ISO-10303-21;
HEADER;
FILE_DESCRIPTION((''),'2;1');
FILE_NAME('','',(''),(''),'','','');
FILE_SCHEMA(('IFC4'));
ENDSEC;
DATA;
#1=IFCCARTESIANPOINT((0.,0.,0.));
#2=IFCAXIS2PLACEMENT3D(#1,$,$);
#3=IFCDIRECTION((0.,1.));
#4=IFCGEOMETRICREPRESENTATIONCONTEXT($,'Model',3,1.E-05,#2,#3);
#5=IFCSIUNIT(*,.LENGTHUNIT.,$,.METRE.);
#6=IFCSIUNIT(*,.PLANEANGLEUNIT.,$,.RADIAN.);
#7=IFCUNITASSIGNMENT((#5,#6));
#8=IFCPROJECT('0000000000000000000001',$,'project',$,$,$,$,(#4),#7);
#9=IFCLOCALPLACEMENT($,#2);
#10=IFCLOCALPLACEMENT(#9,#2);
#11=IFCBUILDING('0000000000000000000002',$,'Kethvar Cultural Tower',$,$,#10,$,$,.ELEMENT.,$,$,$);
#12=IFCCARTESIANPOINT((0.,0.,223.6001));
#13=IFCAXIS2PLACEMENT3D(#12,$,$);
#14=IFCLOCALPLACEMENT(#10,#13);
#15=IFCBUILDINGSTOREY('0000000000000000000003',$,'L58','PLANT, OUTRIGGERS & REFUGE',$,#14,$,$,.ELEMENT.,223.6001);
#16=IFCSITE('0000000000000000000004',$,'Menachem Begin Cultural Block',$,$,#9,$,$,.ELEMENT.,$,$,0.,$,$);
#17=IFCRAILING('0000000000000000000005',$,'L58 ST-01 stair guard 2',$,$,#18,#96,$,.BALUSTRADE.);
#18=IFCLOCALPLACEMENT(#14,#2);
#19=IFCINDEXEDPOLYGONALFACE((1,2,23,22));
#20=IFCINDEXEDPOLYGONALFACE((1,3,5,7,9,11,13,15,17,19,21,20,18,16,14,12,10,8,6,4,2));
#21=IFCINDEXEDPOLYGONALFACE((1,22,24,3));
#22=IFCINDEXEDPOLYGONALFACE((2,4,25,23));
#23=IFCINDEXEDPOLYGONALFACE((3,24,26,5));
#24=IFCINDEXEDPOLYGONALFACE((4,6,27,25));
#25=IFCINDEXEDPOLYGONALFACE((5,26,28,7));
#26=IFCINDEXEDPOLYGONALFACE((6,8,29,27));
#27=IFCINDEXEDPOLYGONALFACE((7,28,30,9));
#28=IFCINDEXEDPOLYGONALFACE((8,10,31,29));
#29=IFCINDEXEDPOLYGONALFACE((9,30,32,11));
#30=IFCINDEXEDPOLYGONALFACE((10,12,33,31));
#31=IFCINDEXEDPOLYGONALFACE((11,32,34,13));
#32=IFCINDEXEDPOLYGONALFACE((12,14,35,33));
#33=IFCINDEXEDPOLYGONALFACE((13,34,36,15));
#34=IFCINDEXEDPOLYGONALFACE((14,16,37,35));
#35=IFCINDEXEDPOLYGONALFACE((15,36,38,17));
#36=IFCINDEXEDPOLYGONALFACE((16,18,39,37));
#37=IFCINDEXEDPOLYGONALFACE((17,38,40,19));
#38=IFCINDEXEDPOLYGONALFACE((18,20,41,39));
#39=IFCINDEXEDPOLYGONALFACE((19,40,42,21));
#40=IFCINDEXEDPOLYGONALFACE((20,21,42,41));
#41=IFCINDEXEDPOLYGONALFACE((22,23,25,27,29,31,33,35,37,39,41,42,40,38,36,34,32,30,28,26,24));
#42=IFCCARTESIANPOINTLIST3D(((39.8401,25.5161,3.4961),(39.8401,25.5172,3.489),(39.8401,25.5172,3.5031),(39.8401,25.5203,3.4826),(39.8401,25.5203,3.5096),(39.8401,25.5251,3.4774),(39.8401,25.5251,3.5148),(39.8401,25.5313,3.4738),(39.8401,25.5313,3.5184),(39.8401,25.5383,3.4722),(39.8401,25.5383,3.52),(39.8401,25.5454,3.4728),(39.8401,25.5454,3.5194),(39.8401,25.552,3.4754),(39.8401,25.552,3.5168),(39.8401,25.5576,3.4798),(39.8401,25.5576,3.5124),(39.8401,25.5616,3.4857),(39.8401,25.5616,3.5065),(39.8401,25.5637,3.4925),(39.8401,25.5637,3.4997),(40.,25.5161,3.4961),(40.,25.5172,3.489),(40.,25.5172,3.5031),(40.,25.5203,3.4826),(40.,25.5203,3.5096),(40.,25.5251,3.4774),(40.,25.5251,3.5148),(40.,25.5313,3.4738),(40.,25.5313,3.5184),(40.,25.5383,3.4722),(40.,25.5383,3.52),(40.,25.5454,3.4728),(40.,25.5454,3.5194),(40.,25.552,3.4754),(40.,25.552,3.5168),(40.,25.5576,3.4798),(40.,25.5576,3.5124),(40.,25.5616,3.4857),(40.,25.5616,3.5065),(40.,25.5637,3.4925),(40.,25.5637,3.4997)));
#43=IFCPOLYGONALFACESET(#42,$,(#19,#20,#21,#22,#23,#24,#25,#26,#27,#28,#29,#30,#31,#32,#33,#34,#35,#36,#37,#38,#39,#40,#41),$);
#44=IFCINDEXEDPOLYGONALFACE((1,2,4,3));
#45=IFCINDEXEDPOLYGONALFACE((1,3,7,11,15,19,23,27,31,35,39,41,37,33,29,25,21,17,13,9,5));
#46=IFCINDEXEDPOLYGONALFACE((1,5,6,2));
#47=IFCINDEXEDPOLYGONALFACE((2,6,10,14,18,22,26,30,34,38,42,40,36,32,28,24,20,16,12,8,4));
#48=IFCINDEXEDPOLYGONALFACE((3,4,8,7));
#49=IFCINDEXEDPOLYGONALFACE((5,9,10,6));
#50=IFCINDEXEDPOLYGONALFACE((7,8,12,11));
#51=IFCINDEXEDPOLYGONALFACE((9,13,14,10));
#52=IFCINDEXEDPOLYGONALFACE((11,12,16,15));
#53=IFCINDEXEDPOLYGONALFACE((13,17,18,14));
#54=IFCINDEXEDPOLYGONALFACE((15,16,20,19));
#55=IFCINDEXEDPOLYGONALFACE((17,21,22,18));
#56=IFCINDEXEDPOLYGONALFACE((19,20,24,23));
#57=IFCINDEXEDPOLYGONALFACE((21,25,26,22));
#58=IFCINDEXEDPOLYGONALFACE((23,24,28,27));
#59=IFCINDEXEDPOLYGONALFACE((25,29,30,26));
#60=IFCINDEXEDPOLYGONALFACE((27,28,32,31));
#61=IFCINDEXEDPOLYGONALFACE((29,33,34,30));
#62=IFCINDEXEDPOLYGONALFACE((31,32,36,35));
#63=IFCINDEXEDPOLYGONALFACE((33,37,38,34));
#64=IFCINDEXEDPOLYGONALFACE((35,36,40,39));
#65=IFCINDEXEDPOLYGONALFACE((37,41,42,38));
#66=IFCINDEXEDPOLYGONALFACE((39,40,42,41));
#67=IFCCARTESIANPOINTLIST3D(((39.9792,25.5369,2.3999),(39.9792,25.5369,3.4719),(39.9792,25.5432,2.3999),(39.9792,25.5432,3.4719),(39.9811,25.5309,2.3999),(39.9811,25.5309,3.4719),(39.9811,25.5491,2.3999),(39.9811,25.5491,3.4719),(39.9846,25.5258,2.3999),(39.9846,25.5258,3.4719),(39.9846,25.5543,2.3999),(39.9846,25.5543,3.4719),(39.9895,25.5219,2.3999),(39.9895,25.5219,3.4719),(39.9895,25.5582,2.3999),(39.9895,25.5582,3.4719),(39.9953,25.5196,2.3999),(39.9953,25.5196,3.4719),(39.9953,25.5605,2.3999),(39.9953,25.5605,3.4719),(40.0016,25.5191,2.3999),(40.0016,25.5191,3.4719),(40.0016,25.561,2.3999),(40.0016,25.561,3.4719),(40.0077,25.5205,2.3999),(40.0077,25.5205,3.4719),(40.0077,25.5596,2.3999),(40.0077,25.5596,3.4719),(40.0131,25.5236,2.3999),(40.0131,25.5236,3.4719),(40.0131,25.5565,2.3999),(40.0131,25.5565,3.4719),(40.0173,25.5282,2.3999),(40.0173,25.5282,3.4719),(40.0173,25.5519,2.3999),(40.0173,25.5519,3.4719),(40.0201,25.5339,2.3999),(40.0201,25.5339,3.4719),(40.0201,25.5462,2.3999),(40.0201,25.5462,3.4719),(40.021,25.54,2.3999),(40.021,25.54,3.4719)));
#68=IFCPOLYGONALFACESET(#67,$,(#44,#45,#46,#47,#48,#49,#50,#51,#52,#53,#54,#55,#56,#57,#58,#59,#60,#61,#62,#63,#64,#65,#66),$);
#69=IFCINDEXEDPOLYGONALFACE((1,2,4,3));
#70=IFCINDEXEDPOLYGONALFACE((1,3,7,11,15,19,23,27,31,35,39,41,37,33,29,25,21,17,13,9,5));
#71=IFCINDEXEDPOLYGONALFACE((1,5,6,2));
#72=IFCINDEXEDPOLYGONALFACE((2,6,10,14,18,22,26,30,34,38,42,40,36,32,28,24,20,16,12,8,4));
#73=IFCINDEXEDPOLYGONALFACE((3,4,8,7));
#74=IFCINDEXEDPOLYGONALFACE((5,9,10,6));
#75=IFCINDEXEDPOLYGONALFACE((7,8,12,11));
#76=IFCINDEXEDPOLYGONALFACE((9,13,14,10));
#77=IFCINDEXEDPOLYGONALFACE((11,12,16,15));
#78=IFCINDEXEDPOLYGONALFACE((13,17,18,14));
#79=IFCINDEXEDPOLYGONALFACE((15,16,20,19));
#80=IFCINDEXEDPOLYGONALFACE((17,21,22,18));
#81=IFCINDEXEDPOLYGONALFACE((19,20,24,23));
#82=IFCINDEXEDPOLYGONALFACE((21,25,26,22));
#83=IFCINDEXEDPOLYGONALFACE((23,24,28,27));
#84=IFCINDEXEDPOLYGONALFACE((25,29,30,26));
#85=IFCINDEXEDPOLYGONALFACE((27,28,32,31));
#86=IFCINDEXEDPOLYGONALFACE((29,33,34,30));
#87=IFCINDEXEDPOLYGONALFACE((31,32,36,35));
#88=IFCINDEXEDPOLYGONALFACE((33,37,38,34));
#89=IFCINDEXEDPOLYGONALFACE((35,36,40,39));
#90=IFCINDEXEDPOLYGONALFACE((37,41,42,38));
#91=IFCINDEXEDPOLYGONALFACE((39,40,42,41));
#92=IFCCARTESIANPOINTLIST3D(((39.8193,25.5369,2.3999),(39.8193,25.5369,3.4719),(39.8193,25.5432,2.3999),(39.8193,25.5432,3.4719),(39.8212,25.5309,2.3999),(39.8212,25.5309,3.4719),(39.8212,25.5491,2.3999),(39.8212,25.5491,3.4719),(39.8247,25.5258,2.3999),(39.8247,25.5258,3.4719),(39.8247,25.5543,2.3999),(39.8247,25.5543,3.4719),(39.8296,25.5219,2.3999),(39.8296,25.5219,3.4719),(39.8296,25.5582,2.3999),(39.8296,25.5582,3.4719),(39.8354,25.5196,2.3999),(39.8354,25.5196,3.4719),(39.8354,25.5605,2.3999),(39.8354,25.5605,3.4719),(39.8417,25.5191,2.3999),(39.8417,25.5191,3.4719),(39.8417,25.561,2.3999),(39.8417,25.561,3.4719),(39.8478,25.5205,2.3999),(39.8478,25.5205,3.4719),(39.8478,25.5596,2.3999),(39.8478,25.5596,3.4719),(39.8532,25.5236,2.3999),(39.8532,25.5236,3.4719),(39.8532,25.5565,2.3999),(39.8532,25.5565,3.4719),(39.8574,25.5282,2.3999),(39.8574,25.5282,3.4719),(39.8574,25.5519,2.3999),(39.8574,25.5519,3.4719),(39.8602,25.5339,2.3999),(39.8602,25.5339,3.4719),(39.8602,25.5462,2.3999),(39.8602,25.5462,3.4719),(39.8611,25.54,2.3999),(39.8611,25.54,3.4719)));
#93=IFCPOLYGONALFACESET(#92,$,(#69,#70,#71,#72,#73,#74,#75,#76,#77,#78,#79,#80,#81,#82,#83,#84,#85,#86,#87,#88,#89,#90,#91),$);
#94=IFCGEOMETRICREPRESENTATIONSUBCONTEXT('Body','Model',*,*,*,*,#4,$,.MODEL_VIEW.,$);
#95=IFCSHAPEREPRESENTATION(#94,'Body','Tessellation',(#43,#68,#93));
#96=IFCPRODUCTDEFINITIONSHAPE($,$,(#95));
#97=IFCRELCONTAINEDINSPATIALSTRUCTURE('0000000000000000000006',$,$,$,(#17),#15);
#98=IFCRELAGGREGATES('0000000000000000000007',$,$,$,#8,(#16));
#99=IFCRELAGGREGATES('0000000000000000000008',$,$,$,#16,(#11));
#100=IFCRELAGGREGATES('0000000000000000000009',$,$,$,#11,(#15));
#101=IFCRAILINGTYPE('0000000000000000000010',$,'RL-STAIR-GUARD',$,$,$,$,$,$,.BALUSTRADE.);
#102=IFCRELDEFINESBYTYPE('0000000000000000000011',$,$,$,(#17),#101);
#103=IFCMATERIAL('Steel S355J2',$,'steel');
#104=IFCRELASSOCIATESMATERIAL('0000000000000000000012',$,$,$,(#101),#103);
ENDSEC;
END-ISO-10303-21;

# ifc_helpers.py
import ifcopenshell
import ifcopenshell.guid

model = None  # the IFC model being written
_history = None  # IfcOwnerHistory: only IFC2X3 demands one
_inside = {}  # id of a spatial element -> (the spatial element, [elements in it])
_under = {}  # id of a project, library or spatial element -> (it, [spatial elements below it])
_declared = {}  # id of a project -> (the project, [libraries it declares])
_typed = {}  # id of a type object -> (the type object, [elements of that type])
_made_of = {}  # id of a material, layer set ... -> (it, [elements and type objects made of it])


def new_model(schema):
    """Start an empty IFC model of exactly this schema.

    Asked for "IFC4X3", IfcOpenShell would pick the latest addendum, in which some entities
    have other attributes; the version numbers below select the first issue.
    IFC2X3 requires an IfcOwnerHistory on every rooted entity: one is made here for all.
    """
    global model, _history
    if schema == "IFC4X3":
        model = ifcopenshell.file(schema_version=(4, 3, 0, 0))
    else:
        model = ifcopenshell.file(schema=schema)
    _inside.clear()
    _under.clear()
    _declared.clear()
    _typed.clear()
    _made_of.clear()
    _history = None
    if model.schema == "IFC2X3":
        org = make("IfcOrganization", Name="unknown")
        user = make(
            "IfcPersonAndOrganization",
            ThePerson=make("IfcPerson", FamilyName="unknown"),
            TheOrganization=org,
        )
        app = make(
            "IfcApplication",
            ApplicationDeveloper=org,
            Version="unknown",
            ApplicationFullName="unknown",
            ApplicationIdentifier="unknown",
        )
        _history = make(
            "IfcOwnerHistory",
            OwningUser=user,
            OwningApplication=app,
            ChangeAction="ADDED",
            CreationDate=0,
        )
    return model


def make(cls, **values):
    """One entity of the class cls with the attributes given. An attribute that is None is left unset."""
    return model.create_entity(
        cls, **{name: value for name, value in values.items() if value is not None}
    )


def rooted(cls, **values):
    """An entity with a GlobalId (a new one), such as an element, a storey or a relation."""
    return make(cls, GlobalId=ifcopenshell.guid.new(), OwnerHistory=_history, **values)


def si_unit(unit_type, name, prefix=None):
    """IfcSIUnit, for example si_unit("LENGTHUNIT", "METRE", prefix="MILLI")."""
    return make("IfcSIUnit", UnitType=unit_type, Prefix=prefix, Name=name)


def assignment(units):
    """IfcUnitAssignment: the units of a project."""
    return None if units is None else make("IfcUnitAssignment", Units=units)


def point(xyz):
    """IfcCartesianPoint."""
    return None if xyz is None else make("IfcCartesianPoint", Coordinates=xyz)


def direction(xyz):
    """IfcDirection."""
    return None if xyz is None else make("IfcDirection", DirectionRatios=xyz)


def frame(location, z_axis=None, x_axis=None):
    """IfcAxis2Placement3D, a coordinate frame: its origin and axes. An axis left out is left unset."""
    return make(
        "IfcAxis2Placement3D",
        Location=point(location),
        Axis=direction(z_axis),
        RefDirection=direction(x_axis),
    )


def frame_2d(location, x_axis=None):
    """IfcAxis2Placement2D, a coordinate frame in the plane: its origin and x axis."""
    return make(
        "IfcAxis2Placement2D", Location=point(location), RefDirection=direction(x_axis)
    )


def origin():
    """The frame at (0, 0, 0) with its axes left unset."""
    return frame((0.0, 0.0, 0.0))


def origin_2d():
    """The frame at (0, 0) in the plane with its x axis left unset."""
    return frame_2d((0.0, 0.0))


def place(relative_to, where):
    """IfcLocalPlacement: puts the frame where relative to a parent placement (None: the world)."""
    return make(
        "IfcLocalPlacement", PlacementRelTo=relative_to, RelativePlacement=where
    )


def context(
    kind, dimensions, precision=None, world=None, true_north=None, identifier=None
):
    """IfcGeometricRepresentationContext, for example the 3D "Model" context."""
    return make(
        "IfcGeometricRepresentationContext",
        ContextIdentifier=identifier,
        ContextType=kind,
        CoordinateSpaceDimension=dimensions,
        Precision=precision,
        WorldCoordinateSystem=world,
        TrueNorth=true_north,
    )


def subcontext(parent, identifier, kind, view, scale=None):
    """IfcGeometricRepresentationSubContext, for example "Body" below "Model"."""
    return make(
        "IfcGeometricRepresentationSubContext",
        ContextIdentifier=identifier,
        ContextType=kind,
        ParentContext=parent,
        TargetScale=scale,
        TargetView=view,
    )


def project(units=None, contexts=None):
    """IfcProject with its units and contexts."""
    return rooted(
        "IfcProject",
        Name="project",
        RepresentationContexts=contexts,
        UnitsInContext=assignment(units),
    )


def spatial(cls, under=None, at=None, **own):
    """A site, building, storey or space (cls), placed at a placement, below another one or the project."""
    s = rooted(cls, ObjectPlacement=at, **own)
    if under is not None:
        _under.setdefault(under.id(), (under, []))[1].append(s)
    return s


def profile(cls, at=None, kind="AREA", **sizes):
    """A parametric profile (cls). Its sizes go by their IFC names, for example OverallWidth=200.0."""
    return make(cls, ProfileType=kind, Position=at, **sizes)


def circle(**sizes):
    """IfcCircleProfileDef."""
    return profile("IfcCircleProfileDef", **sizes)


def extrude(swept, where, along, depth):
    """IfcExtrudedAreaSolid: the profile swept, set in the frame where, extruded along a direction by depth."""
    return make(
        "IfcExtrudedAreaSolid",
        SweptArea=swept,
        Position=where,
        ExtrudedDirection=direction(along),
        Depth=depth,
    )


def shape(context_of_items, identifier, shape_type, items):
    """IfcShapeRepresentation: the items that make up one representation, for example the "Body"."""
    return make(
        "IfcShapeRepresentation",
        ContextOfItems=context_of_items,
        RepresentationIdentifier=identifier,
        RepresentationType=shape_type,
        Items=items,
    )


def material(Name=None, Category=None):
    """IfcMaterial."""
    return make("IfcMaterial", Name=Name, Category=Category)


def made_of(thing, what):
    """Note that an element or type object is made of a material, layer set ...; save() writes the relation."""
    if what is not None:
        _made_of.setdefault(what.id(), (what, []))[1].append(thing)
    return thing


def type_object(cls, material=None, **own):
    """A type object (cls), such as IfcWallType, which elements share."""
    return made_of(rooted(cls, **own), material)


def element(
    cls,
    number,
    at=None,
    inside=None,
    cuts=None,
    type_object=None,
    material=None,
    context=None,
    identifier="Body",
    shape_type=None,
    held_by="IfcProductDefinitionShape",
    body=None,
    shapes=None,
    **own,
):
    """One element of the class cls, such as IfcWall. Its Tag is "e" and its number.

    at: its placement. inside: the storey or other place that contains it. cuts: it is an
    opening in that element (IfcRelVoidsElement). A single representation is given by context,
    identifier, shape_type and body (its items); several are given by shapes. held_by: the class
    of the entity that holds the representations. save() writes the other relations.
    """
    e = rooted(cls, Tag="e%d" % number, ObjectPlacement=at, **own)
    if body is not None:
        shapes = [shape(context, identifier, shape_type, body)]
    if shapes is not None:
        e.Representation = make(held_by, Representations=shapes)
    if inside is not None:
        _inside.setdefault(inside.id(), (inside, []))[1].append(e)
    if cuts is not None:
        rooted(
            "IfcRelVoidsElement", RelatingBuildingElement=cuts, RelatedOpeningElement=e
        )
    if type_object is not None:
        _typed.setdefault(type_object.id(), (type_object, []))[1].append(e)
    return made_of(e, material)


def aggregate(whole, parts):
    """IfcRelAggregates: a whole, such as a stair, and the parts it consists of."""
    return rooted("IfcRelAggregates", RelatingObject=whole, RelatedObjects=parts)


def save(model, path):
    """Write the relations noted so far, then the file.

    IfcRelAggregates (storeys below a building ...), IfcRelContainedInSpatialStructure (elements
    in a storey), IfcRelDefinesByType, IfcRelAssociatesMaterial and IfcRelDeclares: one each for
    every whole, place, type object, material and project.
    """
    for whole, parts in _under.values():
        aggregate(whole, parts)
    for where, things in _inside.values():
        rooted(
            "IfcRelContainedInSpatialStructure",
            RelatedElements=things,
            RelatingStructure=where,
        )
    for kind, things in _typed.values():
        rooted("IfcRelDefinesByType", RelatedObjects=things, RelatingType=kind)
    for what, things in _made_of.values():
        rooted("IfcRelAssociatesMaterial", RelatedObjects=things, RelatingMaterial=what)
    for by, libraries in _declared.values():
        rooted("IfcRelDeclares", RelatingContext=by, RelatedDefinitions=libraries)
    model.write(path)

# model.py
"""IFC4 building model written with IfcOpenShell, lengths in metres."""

from ifc_helpers import new_model, si_unit, direction, frame, origin, origin_2d, place, context, subcontext, project, spatial, circle, extrude, material, type_object, element, save


model = new_model("IFC4")

# Units and contexts
model_context = context("Model", 3, precision=1e-05, world=origin(), true_north=direction((0.0, 1.0)))
body_context = subcontext(model_context, "Body", "Model", "MODEL_VIEW")
ifc_project = project(units=[si_unit("LENGTHUNIT", "METRE"), si_unit("PLANEANGLEUNIT", "RADIAN")], contexts=[model_context])

# Site, building, storey
site_placement = place(None, origin())
site = spatial("IfcSite", under=ifc_project, at=site_placement, Name="Menachem Begin Cultural Block", CompositionType="ELEMENT", RefElevation=0.0)
building_placement = place(site_placement, origin())
building = spatial("IfcBuilding", under=site, at=building_placement, Name="Kethvar Cultural Tower", CompositionType="ELEMENT")
storey_placement = place(building_placement, frame((0.0, 0.0, 223.6001)))
storey = spatial("IfcBuildingStorey", under=building, at=storey_placement, Name="L58", Description="PLANT, OUTRIGGERS & REFUGE", CompositionType="ELEMENT", Elevation=223.6001)

# Shared definitions
ifc_material_1 = material(Name="Steel S355J2", Category="steel")

# Railing
railing_type_1 = type_object("IfcRailingType", Name="RL-STAIR-GUARD", PredefinedType="BALUSTRADE", material=ifc_material_1)
railing_1_placement = place(storey_placement, frame((40.0, 25.54, 2.3999)))
element("IfcRailing", 1, at=railing_1_placement, inside=storey, type_object=railing_type_1, Name="L58 ST-01 stair guard 2", PredefinedType="BALUSTRADE", context=body_context, shape_type="SweptSolid", body=[
    extrude(circle(Radius=0.0239, at=origin_2d()), frame((0.0, 0.0, 1.0962), z_axis=(-1.0, 0.0, 0.0), x_axis=(0.0, -1.0, 0.0)), (0.0, 0.0, 1.0), 0.1599),
    extrude(circle(Radius=0.021, at=origin_2d()), origin(), (0.0, 0.0, 1.0), 1.072),
    extrude(circle(Radius=0.021, at=origin_2d()), frame((-0.1599, 0.0, 0.0)), (0.0, 0.0, 1.0), 1.072),
])

save(model, "model.ifc")
